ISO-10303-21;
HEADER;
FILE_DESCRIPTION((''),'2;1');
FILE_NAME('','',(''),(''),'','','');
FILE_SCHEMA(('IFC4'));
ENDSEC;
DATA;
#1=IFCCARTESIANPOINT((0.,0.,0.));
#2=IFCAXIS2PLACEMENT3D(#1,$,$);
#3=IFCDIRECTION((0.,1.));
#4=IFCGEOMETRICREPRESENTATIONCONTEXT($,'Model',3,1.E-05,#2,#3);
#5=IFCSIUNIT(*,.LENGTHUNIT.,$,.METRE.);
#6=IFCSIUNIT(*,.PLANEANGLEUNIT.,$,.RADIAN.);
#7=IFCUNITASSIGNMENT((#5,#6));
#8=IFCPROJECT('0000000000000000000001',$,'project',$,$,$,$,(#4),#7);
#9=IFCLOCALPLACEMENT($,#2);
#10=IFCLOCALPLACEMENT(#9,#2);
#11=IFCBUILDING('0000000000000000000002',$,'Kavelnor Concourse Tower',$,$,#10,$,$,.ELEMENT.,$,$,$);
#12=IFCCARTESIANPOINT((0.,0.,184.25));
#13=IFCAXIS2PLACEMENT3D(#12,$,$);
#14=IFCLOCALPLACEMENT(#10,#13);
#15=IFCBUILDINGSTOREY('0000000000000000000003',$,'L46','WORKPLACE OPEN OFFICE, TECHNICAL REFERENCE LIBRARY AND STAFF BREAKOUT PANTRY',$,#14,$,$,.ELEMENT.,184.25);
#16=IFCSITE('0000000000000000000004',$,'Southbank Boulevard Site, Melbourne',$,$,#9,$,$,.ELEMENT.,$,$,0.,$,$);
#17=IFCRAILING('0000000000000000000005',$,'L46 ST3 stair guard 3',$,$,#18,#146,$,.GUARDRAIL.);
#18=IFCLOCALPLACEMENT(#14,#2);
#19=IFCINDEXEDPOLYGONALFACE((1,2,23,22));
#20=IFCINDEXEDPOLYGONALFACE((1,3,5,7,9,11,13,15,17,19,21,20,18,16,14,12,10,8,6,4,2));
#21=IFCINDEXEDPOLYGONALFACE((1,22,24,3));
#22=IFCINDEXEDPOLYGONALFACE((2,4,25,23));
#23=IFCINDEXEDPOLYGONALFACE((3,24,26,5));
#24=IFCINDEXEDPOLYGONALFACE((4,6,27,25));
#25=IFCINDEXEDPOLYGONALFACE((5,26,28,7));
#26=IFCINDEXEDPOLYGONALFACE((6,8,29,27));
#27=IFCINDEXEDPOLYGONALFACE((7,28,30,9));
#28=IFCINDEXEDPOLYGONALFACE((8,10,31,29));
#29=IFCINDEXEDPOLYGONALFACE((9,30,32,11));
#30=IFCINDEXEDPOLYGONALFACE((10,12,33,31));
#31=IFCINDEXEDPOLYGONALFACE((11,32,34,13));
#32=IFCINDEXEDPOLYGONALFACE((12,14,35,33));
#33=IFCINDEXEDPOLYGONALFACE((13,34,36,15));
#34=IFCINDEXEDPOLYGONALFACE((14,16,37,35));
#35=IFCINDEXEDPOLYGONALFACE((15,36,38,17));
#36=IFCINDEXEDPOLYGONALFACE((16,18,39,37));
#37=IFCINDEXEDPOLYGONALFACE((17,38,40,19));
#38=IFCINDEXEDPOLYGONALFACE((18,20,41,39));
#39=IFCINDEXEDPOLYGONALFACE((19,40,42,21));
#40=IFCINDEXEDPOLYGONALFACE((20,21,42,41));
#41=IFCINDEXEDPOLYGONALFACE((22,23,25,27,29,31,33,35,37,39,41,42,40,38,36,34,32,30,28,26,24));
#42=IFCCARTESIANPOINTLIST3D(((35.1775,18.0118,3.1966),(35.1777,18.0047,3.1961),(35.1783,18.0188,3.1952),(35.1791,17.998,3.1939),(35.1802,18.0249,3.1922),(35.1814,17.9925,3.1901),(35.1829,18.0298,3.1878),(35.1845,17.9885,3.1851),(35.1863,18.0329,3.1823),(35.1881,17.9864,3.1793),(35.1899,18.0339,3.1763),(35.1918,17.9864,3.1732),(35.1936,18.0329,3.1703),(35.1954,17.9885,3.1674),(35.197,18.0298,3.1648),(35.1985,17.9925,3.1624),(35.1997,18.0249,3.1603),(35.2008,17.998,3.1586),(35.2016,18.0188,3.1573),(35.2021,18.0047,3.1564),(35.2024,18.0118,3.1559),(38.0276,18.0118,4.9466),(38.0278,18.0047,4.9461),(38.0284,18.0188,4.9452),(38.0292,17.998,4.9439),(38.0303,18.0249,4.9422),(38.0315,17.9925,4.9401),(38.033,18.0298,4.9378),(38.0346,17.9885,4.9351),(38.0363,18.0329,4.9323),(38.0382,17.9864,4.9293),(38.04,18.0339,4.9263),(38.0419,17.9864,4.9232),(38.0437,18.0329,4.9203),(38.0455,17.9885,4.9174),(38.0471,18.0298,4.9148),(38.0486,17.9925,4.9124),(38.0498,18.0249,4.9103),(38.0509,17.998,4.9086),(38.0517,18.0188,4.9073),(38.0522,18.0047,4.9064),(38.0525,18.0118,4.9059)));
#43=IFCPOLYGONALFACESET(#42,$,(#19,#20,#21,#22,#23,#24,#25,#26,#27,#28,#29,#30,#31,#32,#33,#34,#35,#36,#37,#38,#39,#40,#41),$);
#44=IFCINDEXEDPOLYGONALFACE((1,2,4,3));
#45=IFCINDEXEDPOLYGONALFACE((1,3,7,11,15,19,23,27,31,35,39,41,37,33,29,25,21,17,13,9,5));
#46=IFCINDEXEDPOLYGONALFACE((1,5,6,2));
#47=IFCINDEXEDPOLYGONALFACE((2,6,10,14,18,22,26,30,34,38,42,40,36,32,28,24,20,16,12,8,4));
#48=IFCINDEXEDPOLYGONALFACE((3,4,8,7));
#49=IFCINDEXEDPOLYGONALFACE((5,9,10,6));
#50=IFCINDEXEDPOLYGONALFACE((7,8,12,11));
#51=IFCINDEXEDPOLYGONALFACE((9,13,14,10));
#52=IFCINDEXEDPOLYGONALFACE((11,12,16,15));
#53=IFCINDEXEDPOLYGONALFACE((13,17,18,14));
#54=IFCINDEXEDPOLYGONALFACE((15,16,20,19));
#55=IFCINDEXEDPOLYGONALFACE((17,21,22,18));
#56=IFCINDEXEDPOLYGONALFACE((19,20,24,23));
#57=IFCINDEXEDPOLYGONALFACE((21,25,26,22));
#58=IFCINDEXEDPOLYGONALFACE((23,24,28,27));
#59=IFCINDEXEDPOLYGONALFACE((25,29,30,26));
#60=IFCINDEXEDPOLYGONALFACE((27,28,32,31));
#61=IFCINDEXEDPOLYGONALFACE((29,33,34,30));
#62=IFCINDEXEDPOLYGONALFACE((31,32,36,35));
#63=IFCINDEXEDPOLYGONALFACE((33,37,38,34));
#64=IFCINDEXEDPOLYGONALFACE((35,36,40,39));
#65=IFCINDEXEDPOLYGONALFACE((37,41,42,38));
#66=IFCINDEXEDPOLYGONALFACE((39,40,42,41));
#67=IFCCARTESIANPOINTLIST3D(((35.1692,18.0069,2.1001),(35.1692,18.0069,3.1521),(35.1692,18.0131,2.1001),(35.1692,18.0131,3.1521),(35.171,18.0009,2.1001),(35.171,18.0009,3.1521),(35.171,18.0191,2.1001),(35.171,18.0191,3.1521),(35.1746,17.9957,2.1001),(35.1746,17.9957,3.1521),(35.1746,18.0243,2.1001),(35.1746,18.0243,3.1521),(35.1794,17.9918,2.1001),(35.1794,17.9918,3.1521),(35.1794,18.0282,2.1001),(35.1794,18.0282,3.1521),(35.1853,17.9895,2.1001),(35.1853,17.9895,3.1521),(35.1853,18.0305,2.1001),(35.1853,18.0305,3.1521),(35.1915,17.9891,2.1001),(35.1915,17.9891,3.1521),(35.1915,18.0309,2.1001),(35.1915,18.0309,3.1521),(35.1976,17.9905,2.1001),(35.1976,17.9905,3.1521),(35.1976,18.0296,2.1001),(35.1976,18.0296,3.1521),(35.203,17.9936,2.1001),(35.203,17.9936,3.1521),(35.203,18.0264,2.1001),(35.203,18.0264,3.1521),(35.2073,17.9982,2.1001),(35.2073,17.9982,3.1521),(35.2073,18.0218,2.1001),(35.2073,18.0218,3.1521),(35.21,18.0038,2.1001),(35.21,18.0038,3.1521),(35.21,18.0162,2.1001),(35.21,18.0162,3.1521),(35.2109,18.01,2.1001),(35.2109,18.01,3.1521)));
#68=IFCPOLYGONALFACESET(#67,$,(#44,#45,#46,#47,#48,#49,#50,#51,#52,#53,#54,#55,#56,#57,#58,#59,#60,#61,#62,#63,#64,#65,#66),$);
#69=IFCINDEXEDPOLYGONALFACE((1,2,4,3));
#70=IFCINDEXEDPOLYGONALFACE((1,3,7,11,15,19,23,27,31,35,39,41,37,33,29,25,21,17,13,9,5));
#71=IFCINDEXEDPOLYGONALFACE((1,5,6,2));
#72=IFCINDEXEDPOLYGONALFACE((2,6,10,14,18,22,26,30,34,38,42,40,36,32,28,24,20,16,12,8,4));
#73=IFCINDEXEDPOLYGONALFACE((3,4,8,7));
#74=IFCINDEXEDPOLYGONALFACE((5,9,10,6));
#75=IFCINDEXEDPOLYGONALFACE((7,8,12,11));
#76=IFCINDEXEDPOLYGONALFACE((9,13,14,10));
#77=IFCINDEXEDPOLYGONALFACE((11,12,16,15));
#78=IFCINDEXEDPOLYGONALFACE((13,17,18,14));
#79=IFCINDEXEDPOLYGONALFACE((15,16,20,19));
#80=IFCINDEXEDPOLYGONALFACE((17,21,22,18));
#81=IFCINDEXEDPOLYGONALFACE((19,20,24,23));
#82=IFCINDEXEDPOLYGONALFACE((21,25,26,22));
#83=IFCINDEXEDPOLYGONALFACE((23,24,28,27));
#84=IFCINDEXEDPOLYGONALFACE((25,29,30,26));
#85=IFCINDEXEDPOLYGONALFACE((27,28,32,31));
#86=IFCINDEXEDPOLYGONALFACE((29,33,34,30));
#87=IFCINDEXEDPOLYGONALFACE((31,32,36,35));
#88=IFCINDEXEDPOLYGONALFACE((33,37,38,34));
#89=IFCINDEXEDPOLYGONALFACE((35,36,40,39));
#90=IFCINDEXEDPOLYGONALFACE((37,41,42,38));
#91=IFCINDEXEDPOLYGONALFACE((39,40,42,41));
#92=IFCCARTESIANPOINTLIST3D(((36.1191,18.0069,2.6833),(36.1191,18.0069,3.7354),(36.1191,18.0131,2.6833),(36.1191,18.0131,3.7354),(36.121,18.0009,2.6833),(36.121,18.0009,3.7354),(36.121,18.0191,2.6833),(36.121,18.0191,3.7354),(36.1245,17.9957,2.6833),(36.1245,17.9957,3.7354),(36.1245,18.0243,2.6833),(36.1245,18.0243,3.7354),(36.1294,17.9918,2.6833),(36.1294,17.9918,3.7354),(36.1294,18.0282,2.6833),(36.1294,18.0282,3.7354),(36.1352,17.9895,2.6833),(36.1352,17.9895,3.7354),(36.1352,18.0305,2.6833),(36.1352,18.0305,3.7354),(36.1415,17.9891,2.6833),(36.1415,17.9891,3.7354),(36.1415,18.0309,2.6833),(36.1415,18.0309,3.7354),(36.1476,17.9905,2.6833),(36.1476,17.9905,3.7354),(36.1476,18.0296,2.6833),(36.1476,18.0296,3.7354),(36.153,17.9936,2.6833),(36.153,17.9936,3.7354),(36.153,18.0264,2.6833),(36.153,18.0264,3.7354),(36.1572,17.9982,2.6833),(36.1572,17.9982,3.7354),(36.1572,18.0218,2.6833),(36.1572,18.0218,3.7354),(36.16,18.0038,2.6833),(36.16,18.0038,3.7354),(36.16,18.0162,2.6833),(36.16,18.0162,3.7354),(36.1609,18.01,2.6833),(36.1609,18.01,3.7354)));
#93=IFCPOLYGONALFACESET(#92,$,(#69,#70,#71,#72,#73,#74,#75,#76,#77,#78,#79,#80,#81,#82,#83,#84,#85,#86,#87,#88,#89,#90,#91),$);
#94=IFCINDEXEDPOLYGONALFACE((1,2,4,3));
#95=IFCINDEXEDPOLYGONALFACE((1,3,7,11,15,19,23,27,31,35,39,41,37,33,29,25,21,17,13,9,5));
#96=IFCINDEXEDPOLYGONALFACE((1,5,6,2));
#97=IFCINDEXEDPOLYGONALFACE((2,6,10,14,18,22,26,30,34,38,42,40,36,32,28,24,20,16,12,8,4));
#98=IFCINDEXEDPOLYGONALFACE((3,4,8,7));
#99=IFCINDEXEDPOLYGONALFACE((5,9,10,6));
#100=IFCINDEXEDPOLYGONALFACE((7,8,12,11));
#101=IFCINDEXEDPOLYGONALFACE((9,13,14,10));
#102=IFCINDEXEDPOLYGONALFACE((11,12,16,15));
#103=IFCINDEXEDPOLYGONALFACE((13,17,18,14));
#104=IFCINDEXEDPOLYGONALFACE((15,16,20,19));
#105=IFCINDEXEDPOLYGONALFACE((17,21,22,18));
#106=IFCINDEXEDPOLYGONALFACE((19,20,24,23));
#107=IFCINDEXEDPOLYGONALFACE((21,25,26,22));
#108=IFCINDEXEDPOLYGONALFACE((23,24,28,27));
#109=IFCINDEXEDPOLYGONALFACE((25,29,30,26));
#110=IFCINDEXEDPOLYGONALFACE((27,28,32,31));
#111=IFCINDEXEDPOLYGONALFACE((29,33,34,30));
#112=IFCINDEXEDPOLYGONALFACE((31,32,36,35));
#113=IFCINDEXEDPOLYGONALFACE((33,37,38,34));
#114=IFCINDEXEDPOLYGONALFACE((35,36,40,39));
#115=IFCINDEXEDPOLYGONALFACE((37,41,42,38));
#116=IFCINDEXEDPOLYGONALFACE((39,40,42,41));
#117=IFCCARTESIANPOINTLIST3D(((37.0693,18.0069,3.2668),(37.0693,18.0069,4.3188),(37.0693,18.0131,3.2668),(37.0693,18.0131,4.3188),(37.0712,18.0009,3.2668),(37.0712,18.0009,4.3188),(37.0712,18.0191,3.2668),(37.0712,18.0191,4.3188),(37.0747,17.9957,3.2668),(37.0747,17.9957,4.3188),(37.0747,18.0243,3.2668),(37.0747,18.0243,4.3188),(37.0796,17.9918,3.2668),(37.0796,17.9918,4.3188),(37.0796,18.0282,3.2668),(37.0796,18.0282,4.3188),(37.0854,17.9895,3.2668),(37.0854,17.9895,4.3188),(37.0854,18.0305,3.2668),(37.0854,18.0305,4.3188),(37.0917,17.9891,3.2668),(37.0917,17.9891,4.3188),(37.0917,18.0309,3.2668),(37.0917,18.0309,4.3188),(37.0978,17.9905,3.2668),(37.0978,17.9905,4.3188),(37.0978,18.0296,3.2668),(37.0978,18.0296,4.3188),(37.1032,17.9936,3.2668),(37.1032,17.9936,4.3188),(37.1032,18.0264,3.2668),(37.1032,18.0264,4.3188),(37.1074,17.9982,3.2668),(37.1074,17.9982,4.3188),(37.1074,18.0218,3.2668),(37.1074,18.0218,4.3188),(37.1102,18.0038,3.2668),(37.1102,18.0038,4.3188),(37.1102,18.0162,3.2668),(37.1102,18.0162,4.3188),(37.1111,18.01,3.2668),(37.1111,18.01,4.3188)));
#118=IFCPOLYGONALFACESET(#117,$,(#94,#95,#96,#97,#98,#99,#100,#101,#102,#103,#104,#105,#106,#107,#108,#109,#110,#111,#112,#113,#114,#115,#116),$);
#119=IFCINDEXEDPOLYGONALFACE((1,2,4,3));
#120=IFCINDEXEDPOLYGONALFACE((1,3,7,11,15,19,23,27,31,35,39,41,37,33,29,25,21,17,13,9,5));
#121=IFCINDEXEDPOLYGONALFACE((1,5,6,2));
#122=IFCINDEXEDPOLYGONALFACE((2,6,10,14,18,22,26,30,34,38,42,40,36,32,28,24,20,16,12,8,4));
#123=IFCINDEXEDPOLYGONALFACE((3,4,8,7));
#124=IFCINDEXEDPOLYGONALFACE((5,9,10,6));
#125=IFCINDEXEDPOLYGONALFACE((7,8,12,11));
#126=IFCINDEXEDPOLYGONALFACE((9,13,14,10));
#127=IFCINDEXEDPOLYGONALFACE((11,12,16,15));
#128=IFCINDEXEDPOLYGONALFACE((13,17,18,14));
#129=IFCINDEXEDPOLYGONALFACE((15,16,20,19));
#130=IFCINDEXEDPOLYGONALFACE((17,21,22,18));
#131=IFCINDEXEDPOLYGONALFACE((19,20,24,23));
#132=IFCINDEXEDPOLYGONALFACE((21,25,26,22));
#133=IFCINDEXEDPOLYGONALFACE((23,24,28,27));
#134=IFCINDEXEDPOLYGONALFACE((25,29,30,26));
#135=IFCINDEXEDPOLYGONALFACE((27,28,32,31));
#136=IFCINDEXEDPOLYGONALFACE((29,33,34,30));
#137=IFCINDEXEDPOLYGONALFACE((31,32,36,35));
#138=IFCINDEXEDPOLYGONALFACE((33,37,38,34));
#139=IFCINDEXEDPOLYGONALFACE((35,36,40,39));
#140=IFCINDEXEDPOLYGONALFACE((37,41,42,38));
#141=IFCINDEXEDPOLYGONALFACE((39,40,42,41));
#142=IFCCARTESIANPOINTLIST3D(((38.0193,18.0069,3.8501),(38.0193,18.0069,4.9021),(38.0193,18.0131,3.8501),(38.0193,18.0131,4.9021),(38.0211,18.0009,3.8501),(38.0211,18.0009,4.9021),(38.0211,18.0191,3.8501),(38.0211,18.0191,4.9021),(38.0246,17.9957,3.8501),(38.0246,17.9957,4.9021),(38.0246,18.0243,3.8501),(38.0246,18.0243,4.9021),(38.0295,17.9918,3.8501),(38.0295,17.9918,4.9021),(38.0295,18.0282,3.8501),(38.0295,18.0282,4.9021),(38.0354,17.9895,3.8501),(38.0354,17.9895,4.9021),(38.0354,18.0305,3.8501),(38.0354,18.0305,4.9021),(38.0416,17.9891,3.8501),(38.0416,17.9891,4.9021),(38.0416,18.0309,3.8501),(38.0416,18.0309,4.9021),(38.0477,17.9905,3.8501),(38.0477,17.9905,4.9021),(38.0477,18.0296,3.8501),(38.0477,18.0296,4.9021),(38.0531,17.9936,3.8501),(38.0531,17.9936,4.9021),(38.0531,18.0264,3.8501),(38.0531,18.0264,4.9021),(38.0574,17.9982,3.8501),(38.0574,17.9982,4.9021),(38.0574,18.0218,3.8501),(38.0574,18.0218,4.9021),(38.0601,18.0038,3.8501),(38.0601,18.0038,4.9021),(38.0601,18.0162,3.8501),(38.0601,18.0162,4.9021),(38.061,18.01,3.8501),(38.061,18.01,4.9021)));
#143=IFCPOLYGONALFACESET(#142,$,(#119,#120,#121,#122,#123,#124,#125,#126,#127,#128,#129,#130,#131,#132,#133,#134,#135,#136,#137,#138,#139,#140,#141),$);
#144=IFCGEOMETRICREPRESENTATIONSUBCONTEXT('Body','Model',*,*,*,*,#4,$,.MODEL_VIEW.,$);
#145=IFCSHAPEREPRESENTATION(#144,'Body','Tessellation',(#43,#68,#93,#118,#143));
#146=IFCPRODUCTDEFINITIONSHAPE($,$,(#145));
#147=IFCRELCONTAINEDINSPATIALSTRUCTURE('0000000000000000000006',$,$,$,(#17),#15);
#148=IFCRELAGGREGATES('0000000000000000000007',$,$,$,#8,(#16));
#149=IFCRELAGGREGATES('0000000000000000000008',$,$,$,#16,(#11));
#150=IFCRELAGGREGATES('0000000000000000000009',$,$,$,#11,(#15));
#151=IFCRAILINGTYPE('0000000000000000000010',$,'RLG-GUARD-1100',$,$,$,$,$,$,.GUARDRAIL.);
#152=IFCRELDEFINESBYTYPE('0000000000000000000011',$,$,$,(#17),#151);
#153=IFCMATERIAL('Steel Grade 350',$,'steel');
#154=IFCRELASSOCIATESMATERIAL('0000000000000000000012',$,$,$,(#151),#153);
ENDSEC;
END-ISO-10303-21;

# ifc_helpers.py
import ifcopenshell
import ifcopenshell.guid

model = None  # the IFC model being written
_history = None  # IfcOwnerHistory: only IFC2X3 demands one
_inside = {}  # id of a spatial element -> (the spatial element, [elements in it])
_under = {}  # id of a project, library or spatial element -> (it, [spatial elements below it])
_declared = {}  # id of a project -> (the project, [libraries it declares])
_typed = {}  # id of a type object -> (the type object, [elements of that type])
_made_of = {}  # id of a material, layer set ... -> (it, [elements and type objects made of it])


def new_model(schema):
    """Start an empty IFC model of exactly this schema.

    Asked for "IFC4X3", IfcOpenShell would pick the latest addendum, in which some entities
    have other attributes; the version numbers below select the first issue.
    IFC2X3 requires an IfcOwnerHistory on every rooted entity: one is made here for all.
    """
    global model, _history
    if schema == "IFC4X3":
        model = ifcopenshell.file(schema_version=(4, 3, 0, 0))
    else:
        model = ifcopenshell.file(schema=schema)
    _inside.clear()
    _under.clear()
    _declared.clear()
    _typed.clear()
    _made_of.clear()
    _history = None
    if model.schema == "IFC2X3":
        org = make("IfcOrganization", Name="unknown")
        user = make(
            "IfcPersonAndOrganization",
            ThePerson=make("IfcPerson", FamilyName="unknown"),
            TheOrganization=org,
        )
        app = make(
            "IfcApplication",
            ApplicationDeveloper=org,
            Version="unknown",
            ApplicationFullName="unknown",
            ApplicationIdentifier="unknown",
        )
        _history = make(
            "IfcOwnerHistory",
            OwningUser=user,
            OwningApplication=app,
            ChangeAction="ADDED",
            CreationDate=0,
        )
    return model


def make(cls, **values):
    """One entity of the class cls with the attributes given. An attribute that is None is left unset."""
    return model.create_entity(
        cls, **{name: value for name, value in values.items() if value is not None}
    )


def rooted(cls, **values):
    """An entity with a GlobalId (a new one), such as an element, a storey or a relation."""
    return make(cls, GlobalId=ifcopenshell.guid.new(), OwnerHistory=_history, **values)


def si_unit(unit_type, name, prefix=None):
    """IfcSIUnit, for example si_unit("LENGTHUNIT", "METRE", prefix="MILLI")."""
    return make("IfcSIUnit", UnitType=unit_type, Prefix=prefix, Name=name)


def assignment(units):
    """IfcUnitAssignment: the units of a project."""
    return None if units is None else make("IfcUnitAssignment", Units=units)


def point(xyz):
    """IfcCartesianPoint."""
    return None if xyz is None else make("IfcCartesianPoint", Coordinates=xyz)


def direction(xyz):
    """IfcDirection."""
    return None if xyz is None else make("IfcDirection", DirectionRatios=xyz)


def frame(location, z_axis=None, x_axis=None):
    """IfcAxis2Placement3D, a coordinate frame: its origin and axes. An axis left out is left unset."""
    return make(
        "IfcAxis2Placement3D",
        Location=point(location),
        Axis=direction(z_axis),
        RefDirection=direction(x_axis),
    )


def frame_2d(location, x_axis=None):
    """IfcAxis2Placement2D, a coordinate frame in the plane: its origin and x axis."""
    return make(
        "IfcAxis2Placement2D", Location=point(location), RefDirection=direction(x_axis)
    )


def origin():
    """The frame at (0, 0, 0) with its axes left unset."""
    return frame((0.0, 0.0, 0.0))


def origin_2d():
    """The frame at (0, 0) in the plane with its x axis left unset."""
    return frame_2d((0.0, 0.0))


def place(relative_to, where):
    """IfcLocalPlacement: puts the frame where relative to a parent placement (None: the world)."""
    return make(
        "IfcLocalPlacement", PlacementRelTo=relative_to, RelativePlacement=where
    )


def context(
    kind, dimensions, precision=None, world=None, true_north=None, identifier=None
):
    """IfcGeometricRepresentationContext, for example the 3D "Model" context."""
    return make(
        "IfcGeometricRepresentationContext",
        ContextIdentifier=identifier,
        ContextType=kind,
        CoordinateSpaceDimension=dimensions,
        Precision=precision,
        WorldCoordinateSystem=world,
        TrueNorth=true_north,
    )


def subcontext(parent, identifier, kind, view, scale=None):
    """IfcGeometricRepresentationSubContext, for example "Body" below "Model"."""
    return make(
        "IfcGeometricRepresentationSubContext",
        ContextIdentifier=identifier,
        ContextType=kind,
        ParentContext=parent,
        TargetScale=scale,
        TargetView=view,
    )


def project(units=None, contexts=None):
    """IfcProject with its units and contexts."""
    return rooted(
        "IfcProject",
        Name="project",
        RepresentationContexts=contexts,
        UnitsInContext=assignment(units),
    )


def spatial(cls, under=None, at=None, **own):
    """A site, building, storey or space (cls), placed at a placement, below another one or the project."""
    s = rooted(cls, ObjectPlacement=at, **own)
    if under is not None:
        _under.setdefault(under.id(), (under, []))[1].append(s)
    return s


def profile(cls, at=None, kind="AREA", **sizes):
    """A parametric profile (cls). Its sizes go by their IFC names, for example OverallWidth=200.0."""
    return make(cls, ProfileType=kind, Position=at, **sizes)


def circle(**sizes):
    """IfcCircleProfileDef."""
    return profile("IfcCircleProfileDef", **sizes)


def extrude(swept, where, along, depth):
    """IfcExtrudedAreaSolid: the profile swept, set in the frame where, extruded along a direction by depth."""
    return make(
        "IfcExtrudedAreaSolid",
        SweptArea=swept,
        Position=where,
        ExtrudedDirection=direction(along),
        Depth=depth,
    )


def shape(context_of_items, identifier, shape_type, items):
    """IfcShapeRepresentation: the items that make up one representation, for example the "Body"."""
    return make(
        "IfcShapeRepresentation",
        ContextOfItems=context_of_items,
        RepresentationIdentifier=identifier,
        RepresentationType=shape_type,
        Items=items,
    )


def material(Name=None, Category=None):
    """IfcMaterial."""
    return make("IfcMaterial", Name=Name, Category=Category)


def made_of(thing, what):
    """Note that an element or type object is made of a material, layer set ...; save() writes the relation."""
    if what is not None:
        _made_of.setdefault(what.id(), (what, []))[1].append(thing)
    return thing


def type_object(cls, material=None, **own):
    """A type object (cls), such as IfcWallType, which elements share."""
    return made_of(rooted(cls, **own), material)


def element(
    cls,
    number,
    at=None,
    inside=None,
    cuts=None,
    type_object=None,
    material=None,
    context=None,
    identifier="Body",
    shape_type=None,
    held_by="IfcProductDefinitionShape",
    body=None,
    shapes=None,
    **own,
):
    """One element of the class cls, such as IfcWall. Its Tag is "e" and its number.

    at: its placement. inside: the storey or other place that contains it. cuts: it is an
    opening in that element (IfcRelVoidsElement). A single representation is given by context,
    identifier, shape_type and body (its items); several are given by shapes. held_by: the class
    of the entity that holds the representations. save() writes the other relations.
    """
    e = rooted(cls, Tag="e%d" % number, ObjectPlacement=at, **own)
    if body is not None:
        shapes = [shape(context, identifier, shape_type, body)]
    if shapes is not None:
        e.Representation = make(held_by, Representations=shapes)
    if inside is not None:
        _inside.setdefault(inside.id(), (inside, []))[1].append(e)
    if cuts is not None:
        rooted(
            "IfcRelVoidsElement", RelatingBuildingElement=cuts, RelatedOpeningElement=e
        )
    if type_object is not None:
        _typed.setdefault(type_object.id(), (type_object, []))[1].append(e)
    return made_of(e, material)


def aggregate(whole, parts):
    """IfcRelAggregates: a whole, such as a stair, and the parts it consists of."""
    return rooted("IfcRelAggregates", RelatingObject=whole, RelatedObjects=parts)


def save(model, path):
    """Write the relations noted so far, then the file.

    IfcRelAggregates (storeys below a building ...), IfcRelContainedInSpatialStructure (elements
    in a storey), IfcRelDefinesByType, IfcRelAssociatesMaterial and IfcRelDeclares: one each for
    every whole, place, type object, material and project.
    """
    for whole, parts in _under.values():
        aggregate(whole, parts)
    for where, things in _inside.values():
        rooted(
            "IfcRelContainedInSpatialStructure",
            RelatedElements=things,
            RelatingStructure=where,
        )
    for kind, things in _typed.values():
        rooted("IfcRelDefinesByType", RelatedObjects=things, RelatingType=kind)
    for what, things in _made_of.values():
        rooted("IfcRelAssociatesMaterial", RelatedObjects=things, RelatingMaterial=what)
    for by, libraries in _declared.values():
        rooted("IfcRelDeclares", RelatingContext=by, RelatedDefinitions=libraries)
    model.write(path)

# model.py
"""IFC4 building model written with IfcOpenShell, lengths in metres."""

from ifc_helpers import new_model, si_unit, direction, frame, origin, origin_2d, place, context, subcontext, project, spatial, circle, extrude, material, type_object, element, save


model = new_model("IFC4")

# Units and contexts
model_context = context("Model", 3, precision=1e-05, world=origin(), true_north=direction((0.0, 1.0)))
body_context = subcontext(model_context, "Body", "Model", "MODEL_VIEW")
ifc_project = project(units=[si_unit("LENGTHUNIT", "METRE"), si_unit("PLANEANGLEUNIT", "RADIAN")], contexts=[model_context])

# Site, building, storey
site_placement = place(None, origin())
site = spatial("IfcSite", under=ifc_project, at=site_placement, Name="Southbank Boulevard Site, Melbourne", CompositionType="ELEMENT", RefElevation=0.0)
building_placement = place(site_placement, origin())
building = spatial("IfcBuilding", under=site, at=building_placement, Name="Kavelnor Concourse Tower", CompositionType="ELEMENT")
storey_placement = place(building_placement, frame((0.0, 0.0, 184.25)))
storey = spatial("IfcBuildingStorey", under=building, at=storey_placement, Name="L46", Description="WORKPLACE OPEN OFFICE, TECHNICAL REFERENCE LIBRARY AND STAFF BREAKOUT PANTRY", CompositionType="ELEMENT", Elevation=184.25)

# Shared definitions
ifc_material_1 = material(Name="Steel Grade 350", Category="steel")

# Railing
railing_type = type_object("IfcRailingType", Name="RLG-GUARD-1100", PredefinedType="GUARDRAIL", material=ifc_material_1)
railing_1_placement = place(storey_placement, frame((35.1899, 18.01, 2.1001)))
element("IfcRailing", 1, at=railing_1_placement, inside=storey, type_object=railing_type, Name="L46 ST3 stair guard 3", PredefinedType="GUARDRAIL", context=body_context, shape_type="SweptSolid", body=[
    extrude(circle(Radius=0.0239, at=origin_2d()), frame((0.0, 0.0, 1.0762), z_axis=(0.852179, 0.0, 0.52325), x_axis=(0.0, 1.0, 0.0)), (0.0, 0.0, 1.0), 3.3445),
    extrude(circle(Radius=0.021, at=origin_2d()), origin(), (0.0, 0.0, 1.0), 1.052),
    extrude(circle(Radius=0.021, at=origin_2d()), frame((0.95, 0.0, 0.5833)), (0.0, 0.0, 1.0), 1.052),
    extrude(circle(Radius=0.021, at=origin_2d()), frame((1.9001, 0.0, 1.1667)), (0.0, 0.0, 1.0), 1.052),
    extrude(circle(Radius=0.021, at=origin_2d()), frame((2.8501, 0.0, 1.75)), (0.0, 0.0, 1.0), 1.052),
])

save(model, "model.ifc")
